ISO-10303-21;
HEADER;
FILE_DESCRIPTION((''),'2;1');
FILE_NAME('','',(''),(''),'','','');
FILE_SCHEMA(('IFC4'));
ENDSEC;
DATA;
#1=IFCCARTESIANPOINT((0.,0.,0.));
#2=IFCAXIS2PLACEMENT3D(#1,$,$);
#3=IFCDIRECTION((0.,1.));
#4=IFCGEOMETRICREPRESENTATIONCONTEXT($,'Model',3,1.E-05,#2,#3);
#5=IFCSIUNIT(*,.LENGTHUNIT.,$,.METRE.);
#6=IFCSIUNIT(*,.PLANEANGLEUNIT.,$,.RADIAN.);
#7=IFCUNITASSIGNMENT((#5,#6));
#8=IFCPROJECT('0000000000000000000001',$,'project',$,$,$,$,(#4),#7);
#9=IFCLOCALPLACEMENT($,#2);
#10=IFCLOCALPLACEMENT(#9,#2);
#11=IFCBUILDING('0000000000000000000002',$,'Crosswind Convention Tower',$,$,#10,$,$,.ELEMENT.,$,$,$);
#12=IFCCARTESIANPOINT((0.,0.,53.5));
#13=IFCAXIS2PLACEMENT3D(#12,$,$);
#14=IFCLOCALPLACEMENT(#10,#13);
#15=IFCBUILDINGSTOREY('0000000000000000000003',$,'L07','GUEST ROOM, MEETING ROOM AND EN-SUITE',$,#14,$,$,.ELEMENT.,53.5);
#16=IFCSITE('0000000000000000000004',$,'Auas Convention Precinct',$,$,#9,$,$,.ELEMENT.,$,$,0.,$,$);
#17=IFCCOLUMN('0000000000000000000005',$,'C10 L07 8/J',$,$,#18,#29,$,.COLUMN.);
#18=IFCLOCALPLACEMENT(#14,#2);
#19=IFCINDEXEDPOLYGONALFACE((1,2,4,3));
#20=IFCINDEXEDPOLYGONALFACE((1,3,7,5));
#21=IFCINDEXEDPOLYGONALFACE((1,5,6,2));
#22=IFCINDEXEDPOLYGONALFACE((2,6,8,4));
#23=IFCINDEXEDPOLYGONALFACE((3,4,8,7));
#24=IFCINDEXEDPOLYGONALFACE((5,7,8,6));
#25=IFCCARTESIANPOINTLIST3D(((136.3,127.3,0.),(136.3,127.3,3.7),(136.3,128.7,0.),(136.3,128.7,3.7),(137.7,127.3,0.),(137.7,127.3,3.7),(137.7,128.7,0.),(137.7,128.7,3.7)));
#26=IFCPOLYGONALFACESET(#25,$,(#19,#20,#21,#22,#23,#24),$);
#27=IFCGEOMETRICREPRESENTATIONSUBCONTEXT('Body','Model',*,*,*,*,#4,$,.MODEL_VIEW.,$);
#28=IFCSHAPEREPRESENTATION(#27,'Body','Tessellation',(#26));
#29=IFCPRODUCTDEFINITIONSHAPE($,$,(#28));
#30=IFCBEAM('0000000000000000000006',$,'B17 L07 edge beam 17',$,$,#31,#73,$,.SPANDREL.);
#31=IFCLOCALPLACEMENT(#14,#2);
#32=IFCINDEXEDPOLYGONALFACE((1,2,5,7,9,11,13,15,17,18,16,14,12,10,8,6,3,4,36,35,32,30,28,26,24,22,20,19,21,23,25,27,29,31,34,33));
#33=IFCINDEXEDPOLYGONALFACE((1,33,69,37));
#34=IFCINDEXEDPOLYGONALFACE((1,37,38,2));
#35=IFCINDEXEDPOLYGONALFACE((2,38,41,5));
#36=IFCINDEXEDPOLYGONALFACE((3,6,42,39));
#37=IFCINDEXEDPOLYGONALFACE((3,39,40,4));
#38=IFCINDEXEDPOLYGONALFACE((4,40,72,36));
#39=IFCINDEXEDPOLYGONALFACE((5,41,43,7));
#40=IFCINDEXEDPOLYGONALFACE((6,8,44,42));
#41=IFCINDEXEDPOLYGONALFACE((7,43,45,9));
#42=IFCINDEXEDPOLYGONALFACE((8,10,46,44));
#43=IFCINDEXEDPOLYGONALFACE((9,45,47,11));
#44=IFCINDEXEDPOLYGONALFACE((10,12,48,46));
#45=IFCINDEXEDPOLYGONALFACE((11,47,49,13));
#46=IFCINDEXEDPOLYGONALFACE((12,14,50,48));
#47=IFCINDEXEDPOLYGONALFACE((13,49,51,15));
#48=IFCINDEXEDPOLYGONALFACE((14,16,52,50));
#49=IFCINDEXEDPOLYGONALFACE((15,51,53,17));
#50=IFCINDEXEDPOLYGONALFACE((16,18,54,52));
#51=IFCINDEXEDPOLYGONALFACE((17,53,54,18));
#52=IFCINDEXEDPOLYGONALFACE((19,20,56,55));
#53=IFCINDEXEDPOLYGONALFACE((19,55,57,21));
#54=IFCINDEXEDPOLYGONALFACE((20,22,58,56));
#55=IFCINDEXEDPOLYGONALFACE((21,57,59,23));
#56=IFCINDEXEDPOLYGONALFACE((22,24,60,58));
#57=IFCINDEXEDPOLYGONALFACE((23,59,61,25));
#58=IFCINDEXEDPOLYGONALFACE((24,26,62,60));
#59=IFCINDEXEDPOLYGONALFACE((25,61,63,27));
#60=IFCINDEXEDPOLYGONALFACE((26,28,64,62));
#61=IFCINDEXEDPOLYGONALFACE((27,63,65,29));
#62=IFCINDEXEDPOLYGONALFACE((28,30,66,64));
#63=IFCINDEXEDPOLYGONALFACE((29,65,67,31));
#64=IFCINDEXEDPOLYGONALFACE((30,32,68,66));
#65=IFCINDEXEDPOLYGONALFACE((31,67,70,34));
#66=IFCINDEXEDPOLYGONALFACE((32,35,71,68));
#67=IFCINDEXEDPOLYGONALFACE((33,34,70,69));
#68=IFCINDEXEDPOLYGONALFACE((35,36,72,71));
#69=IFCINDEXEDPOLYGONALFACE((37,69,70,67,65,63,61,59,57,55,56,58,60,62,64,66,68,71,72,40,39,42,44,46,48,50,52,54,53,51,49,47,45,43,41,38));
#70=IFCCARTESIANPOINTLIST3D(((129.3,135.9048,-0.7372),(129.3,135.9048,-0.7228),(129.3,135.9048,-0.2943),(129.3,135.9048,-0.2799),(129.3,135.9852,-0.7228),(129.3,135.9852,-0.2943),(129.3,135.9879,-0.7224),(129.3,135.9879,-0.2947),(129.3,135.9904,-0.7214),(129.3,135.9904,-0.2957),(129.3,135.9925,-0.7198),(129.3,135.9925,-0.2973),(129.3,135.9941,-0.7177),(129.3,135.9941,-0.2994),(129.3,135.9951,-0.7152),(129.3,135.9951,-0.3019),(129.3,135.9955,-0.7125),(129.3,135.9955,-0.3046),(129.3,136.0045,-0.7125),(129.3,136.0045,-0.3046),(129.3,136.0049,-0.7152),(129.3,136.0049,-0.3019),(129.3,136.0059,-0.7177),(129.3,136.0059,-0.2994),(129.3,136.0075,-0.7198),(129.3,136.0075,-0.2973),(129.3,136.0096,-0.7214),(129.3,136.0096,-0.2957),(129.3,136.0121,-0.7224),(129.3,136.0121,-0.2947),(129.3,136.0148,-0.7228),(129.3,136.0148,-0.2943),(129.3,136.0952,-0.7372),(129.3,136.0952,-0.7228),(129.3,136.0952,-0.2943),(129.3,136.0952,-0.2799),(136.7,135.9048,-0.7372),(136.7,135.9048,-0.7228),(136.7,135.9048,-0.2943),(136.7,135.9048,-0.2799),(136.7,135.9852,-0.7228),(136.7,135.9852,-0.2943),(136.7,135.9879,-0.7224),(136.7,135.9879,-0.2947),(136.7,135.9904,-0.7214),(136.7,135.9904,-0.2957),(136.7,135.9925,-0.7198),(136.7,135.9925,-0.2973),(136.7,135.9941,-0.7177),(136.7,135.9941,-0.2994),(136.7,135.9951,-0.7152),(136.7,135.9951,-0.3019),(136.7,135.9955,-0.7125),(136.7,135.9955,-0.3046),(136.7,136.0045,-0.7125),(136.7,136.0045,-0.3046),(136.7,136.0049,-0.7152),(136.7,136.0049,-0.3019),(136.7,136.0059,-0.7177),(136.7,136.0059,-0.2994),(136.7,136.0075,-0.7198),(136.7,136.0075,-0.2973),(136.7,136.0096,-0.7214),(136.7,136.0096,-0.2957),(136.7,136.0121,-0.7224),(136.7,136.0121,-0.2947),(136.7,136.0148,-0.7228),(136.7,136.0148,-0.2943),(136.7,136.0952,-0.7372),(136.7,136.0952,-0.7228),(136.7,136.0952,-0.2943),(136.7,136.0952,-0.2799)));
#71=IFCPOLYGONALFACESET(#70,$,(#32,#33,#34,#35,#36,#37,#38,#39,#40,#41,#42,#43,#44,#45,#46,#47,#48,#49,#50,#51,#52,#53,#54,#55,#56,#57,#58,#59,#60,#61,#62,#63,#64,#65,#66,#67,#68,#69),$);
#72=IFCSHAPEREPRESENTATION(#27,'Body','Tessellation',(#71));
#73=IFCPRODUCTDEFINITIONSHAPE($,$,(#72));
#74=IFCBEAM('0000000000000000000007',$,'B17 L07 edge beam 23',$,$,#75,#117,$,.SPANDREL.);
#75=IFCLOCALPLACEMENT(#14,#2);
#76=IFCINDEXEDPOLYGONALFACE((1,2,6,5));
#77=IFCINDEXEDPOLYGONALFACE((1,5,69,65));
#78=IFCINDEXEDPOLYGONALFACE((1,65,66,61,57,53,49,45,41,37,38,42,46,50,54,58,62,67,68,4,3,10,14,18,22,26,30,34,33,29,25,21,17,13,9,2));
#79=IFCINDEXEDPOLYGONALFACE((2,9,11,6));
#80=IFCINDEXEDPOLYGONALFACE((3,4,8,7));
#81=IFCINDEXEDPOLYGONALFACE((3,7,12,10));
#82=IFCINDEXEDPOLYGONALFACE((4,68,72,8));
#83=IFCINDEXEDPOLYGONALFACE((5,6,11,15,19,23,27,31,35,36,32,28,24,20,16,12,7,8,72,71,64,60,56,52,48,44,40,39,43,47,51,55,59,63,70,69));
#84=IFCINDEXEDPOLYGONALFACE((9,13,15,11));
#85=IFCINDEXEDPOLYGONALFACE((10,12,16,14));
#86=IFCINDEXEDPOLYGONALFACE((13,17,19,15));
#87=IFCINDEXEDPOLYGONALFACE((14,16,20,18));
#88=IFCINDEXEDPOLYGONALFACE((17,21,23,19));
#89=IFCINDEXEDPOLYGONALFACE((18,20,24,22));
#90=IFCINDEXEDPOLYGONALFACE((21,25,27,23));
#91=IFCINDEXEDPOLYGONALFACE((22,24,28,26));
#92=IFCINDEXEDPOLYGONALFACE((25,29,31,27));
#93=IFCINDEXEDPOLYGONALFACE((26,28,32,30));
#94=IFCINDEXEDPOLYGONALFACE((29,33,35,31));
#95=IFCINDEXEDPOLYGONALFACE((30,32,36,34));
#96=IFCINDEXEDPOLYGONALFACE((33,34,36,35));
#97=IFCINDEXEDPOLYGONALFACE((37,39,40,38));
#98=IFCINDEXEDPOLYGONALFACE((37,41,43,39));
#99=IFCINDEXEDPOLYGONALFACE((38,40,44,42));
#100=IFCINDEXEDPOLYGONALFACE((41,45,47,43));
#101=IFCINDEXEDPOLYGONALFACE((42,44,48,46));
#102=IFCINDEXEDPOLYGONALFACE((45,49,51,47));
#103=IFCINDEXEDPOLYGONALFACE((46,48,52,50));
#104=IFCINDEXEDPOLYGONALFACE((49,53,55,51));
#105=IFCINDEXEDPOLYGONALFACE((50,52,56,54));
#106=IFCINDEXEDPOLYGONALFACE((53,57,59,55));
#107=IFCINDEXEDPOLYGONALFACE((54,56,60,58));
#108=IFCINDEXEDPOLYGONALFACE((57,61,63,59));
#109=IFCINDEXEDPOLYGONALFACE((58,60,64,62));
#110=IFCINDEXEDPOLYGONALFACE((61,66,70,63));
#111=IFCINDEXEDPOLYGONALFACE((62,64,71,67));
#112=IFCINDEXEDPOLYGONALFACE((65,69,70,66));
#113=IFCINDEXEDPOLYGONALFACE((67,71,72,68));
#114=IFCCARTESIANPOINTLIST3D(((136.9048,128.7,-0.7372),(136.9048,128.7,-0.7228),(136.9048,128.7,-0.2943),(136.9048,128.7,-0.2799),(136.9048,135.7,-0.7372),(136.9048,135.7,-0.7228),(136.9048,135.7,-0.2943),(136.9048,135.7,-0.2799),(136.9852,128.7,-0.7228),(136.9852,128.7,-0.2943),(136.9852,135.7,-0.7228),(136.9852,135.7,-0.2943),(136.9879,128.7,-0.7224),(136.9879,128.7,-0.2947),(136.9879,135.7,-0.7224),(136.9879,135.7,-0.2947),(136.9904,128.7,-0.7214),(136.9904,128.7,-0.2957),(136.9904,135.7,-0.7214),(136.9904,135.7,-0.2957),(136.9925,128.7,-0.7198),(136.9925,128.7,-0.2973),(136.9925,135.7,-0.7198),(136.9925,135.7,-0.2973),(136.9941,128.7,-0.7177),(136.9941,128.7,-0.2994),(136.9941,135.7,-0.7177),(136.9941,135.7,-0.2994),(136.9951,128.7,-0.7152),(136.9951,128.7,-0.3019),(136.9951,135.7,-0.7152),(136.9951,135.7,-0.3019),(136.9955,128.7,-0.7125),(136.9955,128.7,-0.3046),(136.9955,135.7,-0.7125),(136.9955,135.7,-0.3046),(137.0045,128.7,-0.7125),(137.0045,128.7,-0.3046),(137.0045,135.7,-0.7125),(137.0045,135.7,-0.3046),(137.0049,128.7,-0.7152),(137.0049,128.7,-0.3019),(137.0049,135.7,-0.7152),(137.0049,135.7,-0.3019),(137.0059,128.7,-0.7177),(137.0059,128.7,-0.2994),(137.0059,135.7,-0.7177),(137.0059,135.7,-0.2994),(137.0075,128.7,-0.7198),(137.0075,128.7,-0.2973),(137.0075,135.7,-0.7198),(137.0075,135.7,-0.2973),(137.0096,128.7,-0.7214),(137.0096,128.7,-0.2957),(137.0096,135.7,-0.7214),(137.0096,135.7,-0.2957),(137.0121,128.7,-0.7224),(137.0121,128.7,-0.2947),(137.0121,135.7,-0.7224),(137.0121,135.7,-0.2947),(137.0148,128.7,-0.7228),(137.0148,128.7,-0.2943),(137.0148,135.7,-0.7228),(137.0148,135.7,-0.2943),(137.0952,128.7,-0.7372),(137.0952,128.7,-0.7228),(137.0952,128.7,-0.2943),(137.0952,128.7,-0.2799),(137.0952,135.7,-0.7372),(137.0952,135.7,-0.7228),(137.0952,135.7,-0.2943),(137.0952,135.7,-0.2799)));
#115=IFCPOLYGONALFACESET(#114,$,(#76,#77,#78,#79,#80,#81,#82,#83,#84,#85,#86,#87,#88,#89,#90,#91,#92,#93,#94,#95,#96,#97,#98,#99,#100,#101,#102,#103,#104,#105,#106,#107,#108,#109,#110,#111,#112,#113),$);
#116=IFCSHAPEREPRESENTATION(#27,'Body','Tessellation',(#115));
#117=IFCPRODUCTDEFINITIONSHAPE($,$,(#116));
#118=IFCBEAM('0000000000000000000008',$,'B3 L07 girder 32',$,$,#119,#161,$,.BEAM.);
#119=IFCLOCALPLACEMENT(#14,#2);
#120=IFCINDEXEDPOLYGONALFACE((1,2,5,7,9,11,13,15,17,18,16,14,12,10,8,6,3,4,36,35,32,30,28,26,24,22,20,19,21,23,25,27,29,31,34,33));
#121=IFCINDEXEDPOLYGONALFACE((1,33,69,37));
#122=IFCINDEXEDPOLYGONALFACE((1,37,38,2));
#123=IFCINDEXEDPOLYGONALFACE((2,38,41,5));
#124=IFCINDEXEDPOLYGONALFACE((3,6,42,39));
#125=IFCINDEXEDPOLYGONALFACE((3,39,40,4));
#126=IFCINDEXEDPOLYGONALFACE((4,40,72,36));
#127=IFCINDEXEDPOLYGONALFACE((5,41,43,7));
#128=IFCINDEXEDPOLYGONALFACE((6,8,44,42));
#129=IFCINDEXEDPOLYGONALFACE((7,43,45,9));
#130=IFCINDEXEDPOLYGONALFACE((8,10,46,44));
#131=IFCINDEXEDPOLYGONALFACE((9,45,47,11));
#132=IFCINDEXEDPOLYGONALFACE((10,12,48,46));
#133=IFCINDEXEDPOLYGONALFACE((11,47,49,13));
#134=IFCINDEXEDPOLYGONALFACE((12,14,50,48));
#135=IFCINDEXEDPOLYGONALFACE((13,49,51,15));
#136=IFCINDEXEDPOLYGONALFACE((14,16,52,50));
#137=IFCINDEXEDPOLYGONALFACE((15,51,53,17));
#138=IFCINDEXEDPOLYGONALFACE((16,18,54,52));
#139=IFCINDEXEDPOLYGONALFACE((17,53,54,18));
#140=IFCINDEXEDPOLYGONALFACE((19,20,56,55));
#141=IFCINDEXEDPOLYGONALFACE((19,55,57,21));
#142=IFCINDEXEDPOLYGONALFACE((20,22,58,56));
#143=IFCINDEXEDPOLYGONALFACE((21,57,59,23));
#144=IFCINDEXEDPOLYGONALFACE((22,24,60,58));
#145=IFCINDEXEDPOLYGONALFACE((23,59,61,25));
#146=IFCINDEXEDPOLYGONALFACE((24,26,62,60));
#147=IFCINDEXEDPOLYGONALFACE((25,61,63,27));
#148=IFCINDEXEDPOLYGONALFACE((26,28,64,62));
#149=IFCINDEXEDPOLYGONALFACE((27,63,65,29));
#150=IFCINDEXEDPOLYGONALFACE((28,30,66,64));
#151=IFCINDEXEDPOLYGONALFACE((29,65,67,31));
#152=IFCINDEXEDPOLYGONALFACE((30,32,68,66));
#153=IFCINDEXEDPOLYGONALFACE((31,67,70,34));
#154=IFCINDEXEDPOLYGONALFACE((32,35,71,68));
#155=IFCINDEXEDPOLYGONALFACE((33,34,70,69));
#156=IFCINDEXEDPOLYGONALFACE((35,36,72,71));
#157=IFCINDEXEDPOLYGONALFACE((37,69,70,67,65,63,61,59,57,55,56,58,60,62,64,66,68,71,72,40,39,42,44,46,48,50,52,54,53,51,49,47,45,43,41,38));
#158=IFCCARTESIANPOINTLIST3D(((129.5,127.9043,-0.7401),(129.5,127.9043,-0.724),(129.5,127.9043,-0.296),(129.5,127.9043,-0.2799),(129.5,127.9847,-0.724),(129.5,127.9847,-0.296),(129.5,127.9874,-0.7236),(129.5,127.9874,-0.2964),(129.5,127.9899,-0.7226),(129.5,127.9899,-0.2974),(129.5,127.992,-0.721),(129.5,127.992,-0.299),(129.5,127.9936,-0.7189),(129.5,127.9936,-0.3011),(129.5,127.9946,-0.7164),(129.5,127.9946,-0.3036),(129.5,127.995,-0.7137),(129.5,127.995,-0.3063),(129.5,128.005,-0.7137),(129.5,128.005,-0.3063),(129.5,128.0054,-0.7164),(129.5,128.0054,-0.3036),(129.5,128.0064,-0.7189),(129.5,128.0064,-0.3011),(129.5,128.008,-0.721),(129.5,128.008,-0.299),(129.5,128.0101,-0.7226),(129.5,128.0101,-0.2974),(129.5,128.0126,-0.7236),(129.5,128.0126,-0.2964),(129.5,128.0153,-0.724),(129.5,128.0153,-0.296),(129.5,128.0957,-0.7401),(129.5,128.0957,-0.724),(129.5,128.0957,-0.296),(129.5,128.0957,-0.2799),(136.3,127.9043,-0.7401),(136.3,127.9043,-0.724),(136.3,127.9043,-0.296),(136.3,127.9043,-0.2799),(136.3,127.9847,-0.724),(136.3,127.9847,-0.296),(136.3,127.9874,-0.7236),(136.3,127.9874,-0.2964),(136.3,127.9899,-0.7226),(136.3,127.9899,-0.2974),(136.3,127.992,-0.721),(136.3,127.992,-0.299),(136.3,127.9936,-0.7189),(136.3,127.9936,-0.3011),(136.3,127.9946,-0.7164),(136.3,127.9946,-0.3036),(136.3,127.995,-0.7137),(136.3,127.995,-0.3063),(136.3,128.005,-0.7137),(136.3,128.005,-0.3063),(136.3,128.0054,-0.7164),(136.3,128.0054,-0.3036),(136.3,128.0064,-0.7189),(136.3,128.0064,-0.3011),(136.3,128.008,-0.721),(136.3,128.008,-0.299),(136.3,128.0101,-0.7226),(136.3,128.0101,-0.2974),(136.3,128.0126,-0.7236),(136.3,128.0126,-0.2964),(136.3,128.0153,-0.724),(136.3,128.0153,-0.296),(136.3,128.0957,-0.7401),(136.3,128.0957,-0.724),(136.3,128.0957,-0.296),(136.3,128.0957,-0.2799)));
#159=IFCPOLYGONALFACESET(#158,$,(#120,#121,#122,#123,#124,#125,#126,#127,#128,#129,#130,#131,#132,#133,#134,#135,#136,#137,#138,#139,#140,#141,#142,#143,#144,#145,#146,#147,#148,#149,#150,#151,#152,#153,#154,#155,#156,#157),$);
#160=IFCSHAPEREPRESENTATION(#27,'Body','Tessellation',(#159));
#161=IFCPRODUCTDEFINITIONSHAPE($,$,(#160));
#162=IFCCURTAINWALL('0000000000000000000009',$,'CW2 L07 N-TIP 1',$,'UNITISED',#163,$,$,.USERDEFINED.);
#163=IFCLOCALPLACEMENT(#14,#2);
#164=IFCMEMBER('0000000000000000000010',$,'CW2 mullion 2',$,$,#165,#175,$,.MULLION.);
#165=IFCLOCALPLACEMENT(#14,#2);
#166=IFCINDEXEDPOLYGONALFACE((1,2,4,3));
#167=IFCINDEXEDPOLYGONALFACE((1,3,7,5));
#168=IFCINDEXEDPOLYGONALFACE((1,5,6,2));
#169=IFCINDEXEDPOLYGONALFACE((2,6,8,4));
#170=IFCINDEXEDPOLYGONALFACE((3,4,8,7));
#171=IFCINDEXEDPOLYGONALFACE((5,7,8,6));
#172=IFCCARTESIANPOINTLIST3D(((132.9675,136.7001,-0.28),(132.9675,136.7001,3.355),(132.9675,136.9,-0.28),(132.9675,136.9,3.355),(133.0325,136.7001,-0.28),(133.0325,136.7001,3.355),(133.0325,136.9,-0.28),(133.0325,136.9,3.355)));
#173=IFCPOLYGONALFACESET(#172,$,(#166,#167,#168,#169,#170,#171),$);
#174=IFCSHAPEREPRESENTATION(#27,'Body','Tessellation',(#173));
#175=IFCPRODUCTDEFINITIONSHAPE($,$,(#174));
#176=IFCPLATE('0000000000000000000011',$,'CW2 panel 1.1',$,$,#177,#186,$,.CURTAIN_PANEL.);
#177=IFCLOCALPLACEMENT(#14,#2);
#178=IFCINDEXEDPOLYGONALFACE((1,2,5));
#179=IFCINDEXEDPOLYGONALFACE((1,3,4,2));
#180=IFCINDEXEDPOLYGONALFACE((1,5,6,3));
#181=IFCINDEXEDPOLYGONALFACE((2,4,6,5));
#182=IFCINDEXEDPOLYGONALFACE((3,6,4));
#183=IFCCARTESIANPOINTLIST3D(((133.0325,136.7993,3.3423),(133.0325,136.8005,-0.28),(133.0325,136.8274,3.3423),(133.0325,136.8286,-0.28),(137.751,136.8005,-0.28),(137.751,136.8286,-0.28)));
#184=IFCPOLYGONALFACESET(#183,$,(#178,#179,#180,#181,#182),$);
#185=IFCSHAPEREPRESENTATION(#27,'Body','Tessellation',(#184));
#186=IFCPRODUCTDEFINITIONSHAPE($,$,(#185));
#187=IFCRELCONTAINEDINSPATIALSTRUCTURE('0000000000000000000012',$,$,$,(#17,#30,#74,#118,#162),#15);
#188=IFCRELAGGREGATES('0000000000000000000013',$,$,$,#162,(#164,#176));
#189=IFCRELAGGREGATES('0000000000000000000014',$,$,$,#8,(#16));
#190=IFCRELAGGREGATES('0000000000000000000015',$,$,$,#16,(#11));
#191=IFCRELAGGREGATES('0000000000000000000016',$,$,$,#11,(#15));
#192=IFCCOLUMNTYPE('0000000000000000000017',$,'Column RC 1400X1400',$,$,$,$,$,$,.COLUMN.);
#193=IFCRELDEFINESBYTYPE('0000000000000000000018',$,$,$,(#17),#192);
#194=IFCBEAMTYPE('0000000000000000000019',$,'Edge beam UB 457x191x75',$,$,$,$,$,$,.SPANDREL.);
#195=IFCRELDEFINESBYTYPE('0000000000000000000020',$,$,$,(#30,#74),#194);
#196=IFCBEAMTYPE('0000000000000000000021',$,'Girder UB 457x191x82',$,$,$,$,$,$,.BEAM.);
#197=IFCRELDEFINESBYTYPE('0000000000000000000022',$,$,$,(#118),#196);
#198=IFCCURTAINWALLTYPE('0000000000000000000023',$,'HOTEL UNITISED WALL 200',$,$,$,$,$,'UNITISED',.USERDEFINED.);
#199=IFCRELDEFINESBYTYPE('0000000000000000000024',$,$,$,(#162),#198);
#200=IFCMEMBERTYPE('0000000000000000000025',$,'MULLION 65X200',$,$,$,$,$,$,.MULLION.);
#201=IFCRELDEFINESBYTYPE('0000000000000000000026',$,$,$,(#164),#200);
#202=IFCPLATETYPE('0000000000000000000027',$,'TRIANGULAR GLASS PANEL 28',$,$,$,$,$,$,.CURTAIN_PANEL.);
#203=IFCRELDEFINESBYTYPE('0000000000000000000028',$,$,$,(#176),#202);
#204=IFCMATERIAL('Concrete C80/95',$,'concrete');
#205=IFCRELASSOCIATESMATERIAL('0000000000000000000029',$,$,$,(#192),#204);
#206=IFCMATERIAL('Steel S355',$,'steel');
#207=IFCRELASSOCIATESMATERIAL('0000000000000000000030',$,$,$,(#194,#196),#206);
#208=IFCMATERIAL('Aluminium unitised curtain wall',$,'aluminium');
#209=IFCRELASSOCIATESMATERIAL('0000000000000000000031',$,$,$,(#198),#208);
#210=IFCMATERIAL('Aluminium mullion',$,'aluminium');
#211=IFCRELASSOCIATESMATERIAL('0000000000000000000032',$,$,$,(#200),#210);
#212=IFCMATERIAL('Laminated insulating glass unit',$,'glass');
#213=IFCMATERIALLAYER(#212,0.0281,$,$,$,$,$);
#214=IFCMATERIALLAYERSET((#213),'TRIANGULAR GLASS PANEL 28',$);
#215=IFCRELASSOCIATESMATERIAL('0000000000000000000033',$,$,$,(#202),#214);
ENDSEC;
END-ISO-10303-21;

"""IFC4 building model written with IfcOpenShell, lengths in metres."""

from ifc_helpers import new_model, si_unit, direction, frame, origin, origin_2d, place, context, subcontext, project, spatial, polyline, rectangle, i_section, outline, extrude, material, layer, layer_set, material_profile, profile_set, type_object, element, aggregate, save


model = new_model("IFC4")

# Units and contexts
model_context = context("Model", 3, precision=1e-05, world=origin(), true_north=direction((0.0, 1.0)))
body_context = subcontext(model_context, "Body", "Model", "MODEL_VIEW")
ifc_project = project(units=[si_unit("LENGTHUNIT", "METRE"), si_unit("PLANEANGLEUNIT", "RADIAN")], contexts=[model_context])

# Site, building, storey
site_placement = place(None, origin())
site = spatial("IfcSite", under=ifc_project, at=site_placement, Name="Auas Convention Precinct", CompositionType="ELEMENT", RefElevation=0.0)
building_placement = place(site_placement, origin())
building = spatial("IfcBuilding", under=site, at=building_placement, Name="Crosswind Convention Tower", CompositionType="ELEMENT")
storey_placement = place(building_placement, frame((0.0, 0.0, 53.5)))
storey = spatial("IfcBuildingStorey", under=building, at=storey_placement, Name="L07", Description="GUEST ROOM, MEETING ROOM AND EN-SUITE", CompositionType="ELEMENT", Elevation=53.5)

# Column
ifc_material_1 = material(Name="Concrete C80/95", Category="concrete")
ifc_material_profile_1 = material_profile(ifc_material_1, rectangle(XDim=1.3999, YDim=1.3999, at=origin_2d()), Name="RC 1400X1400")
ifc_profile_set_1 = profile_set([ifc_material_profile_1], Name="Concrete C80/95")
column_type = type_object("IfcColumnType", Name="Column RC 1400X1400", PredefinedType="COLUMN", material=ifc_profile_set_1)
column_placement = place(storey_placement, frame((137.0, 128.0, 0.0), z_axis=(0.0, 0.0, 1.0), x_axis=(1.0, 0.0, 0.0)))
element("IfcColumn", 1, at=column_placement, inside=storey, type_object=column_type, Name="C10 L07 8/J", PredefinedType="COLUMN", context=body_context, shape_type="SweptSolid", body=[
    extrude(rectangle(XDim=1.3999, YDim=1.3999, at=origin_2d()), origin(), (0.0, 0.0, 1.0), 3.7),
])

# Beams
ifc_material_2 = material(Name="Steel S355", Category="steel")
ifc_material_profile_2 = material_profile(ifc_material_2, i_section(OverallWidth=0.1904, OverallDepth=0.4573, WebThickness=0.009, FlangeThickness=0.0144, FilletRadius=0.0103, at=origin_2d()), Name="UB 457x191x75")
ifc_profile_set_2 = profile_set([ifc_material_profile_2], Name="Steel S355")
beam_type_1 = type_object("IfcBeamType", Name="Edge beam UB 457x191x75", PredefinedType="SPANDREL", material=ifc_profile_set_2)
beam_1_placement = place(storey_placement, frame((129.3, 136.0, -0.5085), z_axis=(1.0, 0.0, 0.0), x_axis=(0.0, 1.0, 0.0)))
element("IfcBeam", 2, at=beam_1_placement, inside=storey, type_object=beam_type_1, Name="B17 L07 edge beam 17", PredefinedType="SPANDREL", context=body_context, shape_type="SweptSolid", body=[
    extrude(i_section(OverallWidth=0.1904, OverallDepth=0.4573, WebThickness=0.009, FlangeThickness=0.0144, FilletRadius=0.0103, at=origin_2d()), origin(), (0.0, 0.0, 1.0), 7.3999),
])
beam_2_placement = place(storey_placement, frame((137.0, 128.7, -0.5085), z_axis=(0.0, 1.0, 0.0), x_axis=(-1.0, 0.0, 0.0)))
element("IfcBeam", 3, at=beam_2_placement, inside=storey, type_object=beam_type_1, Name="B17 L07 edge beam 23", PredefinedType="SPANDREL", context=body_context, shape_type="SweptSolid", body=[
    extrude(i_section(OverallWidth=0.1904, OverallDepth=0.4573, WebThickness=0.009, FlangeThickness=0.0144, FilletRadius=0.0103, at=origin_2d()), origin(), (0.0, 0.0, 1.0), 7.0),
])
ifc_material_profile_3 = material_profile(ifc_material_2, i_section(OverallWidth=0.1914, OverallDepth=0.4602, WebThickness=0.01, FlangeThickness=0.0161, FilletRadius=0.0103, at=origin_2d()), Name="UB 457x191x82")
ifc_profile_set_3 = profile_set([ifc_material_profile_3], Name="Steel S355")
beam_type_2 = type_object("IfcBeamType", Name="Girder UB 457x191x82", PredefinedType="BEAM", material=ifc_profile_set_3)
beam_3_placement = place(storey_placement, frame((129.5, 128.0, -0.51), z_axis=(1.0, 0.0, 0.0), x_axis=(0.0, 1.0, 0.0)))
element("IfcBeam", 4, at=beam_3_placement, inside=storey, type_object=beam_type_2, Name="B3 L07 girder 32", PredefinedType="BEAM", context=body_context, shape_type="SweptSolid", body=[
    extrude(i_section(OverallWidth=0.1914, OverallDepth=0.4602, WebThickness=0.01, FlangeThickness=0.0161, FilletRadius=0.0103, at=origin_2d()), origin(), (0.0, 0.0, 1.0), 6.8),
])

# Curtain wall, member, plate
ifc_material_3 = material(Name="Aluminium unitised curtain wall", Category="aluminium")
curtain_wall_type = type_object("IfcCurtainWallType", Name="HOTEL UNITISED WALL 200", ElementType="UNITISED", PredefinedType="USERDEFINED", material=ifc_material_3)
curtain_wall_placement = place(storey_placement, origin())
curtain_wall = element("IfcCurtainWall", 5, at=curtain_wall_placement, inside=storey, type_object=curtain_wall_type, Name="CW2 L07 N-TIP 1", ObjectType="UNITISED", PredefinedType="USERDEFINED")
ifc_material_4 = material(Name="Aluminium mullion", Category="aluminium")
ifc_material_profile_4 = material_profile(ifc_material_4, rectangle(XDim=0.2, YDim=0.0649, at=origin_2d()), Name="AL 200X65")
ifc_profile_set_4 = profile_set([ifc_material_profile_4], Name="Aluminium mullion")
member_type = type_object("IfcMemberType", Name="MULLION 65X200", PredefinedType="MULLION", material=ifc_profile_set_4)
member_placement = place(storey_placement, frame((133.0, 136.8, -0.28), z_axis=(0.0, 0.0, 1.0), x_axis=(0.0, 1.0, 0.0)))
member = element("IfcMember", 6, at=member_placement, type_object=member_type, Name="CW2 mullion 2", PredefinedType="MULLION", context=body_context, shape_type="SweptSolid", body=[
    extrude(rectangle(XDim=0.2, YDim=0.0649, at=origin_2d()), origin(), (0.0, 0.0, 1.0), 3.635),
])
ifc_material_5 = material(Name="Laminated insulating glass unit", Category="glass")
ifc_layer_1 = layer(ifc_material_5, 0.0281)
ifc_layer_set_1 = layer_set([ifc_layer_1], Name="TRIANGULAR GLASS PANEL 28")
plate_type = type_object("IfcPlateType", Name="TRIANGULAR GLASS PANEL 28", PredefinedType="CURTAIN_PANEL", material=ifc_layer_set_1)
plate_1_placement = place(storey_placement, frame((133.0325, 136.8286, -0.28), z_axis=(0.0, 1.0, 0.000337), x_axis=(0.0, -0.000337, 1.0)))
plate_1 = element("IfcPlate", 7, at=plate_1_placement, type_object=plate_type, Name="CW2 panel 1.1", PredefinedType="CURTAIN_PANEL", context=body_context, shape_type="SweptSolid", body=[
    extrude(outline(polyline([(0.0, 0.0), (3.6223, 0.0), (0.0, 4.7185), (0.0, 0.0)])), origin(), (0.0, 0.0, -1.0), 0.0281),
])
aggregate(curtain_wall, [member, plate_1])

save(model, "model.ifc")
